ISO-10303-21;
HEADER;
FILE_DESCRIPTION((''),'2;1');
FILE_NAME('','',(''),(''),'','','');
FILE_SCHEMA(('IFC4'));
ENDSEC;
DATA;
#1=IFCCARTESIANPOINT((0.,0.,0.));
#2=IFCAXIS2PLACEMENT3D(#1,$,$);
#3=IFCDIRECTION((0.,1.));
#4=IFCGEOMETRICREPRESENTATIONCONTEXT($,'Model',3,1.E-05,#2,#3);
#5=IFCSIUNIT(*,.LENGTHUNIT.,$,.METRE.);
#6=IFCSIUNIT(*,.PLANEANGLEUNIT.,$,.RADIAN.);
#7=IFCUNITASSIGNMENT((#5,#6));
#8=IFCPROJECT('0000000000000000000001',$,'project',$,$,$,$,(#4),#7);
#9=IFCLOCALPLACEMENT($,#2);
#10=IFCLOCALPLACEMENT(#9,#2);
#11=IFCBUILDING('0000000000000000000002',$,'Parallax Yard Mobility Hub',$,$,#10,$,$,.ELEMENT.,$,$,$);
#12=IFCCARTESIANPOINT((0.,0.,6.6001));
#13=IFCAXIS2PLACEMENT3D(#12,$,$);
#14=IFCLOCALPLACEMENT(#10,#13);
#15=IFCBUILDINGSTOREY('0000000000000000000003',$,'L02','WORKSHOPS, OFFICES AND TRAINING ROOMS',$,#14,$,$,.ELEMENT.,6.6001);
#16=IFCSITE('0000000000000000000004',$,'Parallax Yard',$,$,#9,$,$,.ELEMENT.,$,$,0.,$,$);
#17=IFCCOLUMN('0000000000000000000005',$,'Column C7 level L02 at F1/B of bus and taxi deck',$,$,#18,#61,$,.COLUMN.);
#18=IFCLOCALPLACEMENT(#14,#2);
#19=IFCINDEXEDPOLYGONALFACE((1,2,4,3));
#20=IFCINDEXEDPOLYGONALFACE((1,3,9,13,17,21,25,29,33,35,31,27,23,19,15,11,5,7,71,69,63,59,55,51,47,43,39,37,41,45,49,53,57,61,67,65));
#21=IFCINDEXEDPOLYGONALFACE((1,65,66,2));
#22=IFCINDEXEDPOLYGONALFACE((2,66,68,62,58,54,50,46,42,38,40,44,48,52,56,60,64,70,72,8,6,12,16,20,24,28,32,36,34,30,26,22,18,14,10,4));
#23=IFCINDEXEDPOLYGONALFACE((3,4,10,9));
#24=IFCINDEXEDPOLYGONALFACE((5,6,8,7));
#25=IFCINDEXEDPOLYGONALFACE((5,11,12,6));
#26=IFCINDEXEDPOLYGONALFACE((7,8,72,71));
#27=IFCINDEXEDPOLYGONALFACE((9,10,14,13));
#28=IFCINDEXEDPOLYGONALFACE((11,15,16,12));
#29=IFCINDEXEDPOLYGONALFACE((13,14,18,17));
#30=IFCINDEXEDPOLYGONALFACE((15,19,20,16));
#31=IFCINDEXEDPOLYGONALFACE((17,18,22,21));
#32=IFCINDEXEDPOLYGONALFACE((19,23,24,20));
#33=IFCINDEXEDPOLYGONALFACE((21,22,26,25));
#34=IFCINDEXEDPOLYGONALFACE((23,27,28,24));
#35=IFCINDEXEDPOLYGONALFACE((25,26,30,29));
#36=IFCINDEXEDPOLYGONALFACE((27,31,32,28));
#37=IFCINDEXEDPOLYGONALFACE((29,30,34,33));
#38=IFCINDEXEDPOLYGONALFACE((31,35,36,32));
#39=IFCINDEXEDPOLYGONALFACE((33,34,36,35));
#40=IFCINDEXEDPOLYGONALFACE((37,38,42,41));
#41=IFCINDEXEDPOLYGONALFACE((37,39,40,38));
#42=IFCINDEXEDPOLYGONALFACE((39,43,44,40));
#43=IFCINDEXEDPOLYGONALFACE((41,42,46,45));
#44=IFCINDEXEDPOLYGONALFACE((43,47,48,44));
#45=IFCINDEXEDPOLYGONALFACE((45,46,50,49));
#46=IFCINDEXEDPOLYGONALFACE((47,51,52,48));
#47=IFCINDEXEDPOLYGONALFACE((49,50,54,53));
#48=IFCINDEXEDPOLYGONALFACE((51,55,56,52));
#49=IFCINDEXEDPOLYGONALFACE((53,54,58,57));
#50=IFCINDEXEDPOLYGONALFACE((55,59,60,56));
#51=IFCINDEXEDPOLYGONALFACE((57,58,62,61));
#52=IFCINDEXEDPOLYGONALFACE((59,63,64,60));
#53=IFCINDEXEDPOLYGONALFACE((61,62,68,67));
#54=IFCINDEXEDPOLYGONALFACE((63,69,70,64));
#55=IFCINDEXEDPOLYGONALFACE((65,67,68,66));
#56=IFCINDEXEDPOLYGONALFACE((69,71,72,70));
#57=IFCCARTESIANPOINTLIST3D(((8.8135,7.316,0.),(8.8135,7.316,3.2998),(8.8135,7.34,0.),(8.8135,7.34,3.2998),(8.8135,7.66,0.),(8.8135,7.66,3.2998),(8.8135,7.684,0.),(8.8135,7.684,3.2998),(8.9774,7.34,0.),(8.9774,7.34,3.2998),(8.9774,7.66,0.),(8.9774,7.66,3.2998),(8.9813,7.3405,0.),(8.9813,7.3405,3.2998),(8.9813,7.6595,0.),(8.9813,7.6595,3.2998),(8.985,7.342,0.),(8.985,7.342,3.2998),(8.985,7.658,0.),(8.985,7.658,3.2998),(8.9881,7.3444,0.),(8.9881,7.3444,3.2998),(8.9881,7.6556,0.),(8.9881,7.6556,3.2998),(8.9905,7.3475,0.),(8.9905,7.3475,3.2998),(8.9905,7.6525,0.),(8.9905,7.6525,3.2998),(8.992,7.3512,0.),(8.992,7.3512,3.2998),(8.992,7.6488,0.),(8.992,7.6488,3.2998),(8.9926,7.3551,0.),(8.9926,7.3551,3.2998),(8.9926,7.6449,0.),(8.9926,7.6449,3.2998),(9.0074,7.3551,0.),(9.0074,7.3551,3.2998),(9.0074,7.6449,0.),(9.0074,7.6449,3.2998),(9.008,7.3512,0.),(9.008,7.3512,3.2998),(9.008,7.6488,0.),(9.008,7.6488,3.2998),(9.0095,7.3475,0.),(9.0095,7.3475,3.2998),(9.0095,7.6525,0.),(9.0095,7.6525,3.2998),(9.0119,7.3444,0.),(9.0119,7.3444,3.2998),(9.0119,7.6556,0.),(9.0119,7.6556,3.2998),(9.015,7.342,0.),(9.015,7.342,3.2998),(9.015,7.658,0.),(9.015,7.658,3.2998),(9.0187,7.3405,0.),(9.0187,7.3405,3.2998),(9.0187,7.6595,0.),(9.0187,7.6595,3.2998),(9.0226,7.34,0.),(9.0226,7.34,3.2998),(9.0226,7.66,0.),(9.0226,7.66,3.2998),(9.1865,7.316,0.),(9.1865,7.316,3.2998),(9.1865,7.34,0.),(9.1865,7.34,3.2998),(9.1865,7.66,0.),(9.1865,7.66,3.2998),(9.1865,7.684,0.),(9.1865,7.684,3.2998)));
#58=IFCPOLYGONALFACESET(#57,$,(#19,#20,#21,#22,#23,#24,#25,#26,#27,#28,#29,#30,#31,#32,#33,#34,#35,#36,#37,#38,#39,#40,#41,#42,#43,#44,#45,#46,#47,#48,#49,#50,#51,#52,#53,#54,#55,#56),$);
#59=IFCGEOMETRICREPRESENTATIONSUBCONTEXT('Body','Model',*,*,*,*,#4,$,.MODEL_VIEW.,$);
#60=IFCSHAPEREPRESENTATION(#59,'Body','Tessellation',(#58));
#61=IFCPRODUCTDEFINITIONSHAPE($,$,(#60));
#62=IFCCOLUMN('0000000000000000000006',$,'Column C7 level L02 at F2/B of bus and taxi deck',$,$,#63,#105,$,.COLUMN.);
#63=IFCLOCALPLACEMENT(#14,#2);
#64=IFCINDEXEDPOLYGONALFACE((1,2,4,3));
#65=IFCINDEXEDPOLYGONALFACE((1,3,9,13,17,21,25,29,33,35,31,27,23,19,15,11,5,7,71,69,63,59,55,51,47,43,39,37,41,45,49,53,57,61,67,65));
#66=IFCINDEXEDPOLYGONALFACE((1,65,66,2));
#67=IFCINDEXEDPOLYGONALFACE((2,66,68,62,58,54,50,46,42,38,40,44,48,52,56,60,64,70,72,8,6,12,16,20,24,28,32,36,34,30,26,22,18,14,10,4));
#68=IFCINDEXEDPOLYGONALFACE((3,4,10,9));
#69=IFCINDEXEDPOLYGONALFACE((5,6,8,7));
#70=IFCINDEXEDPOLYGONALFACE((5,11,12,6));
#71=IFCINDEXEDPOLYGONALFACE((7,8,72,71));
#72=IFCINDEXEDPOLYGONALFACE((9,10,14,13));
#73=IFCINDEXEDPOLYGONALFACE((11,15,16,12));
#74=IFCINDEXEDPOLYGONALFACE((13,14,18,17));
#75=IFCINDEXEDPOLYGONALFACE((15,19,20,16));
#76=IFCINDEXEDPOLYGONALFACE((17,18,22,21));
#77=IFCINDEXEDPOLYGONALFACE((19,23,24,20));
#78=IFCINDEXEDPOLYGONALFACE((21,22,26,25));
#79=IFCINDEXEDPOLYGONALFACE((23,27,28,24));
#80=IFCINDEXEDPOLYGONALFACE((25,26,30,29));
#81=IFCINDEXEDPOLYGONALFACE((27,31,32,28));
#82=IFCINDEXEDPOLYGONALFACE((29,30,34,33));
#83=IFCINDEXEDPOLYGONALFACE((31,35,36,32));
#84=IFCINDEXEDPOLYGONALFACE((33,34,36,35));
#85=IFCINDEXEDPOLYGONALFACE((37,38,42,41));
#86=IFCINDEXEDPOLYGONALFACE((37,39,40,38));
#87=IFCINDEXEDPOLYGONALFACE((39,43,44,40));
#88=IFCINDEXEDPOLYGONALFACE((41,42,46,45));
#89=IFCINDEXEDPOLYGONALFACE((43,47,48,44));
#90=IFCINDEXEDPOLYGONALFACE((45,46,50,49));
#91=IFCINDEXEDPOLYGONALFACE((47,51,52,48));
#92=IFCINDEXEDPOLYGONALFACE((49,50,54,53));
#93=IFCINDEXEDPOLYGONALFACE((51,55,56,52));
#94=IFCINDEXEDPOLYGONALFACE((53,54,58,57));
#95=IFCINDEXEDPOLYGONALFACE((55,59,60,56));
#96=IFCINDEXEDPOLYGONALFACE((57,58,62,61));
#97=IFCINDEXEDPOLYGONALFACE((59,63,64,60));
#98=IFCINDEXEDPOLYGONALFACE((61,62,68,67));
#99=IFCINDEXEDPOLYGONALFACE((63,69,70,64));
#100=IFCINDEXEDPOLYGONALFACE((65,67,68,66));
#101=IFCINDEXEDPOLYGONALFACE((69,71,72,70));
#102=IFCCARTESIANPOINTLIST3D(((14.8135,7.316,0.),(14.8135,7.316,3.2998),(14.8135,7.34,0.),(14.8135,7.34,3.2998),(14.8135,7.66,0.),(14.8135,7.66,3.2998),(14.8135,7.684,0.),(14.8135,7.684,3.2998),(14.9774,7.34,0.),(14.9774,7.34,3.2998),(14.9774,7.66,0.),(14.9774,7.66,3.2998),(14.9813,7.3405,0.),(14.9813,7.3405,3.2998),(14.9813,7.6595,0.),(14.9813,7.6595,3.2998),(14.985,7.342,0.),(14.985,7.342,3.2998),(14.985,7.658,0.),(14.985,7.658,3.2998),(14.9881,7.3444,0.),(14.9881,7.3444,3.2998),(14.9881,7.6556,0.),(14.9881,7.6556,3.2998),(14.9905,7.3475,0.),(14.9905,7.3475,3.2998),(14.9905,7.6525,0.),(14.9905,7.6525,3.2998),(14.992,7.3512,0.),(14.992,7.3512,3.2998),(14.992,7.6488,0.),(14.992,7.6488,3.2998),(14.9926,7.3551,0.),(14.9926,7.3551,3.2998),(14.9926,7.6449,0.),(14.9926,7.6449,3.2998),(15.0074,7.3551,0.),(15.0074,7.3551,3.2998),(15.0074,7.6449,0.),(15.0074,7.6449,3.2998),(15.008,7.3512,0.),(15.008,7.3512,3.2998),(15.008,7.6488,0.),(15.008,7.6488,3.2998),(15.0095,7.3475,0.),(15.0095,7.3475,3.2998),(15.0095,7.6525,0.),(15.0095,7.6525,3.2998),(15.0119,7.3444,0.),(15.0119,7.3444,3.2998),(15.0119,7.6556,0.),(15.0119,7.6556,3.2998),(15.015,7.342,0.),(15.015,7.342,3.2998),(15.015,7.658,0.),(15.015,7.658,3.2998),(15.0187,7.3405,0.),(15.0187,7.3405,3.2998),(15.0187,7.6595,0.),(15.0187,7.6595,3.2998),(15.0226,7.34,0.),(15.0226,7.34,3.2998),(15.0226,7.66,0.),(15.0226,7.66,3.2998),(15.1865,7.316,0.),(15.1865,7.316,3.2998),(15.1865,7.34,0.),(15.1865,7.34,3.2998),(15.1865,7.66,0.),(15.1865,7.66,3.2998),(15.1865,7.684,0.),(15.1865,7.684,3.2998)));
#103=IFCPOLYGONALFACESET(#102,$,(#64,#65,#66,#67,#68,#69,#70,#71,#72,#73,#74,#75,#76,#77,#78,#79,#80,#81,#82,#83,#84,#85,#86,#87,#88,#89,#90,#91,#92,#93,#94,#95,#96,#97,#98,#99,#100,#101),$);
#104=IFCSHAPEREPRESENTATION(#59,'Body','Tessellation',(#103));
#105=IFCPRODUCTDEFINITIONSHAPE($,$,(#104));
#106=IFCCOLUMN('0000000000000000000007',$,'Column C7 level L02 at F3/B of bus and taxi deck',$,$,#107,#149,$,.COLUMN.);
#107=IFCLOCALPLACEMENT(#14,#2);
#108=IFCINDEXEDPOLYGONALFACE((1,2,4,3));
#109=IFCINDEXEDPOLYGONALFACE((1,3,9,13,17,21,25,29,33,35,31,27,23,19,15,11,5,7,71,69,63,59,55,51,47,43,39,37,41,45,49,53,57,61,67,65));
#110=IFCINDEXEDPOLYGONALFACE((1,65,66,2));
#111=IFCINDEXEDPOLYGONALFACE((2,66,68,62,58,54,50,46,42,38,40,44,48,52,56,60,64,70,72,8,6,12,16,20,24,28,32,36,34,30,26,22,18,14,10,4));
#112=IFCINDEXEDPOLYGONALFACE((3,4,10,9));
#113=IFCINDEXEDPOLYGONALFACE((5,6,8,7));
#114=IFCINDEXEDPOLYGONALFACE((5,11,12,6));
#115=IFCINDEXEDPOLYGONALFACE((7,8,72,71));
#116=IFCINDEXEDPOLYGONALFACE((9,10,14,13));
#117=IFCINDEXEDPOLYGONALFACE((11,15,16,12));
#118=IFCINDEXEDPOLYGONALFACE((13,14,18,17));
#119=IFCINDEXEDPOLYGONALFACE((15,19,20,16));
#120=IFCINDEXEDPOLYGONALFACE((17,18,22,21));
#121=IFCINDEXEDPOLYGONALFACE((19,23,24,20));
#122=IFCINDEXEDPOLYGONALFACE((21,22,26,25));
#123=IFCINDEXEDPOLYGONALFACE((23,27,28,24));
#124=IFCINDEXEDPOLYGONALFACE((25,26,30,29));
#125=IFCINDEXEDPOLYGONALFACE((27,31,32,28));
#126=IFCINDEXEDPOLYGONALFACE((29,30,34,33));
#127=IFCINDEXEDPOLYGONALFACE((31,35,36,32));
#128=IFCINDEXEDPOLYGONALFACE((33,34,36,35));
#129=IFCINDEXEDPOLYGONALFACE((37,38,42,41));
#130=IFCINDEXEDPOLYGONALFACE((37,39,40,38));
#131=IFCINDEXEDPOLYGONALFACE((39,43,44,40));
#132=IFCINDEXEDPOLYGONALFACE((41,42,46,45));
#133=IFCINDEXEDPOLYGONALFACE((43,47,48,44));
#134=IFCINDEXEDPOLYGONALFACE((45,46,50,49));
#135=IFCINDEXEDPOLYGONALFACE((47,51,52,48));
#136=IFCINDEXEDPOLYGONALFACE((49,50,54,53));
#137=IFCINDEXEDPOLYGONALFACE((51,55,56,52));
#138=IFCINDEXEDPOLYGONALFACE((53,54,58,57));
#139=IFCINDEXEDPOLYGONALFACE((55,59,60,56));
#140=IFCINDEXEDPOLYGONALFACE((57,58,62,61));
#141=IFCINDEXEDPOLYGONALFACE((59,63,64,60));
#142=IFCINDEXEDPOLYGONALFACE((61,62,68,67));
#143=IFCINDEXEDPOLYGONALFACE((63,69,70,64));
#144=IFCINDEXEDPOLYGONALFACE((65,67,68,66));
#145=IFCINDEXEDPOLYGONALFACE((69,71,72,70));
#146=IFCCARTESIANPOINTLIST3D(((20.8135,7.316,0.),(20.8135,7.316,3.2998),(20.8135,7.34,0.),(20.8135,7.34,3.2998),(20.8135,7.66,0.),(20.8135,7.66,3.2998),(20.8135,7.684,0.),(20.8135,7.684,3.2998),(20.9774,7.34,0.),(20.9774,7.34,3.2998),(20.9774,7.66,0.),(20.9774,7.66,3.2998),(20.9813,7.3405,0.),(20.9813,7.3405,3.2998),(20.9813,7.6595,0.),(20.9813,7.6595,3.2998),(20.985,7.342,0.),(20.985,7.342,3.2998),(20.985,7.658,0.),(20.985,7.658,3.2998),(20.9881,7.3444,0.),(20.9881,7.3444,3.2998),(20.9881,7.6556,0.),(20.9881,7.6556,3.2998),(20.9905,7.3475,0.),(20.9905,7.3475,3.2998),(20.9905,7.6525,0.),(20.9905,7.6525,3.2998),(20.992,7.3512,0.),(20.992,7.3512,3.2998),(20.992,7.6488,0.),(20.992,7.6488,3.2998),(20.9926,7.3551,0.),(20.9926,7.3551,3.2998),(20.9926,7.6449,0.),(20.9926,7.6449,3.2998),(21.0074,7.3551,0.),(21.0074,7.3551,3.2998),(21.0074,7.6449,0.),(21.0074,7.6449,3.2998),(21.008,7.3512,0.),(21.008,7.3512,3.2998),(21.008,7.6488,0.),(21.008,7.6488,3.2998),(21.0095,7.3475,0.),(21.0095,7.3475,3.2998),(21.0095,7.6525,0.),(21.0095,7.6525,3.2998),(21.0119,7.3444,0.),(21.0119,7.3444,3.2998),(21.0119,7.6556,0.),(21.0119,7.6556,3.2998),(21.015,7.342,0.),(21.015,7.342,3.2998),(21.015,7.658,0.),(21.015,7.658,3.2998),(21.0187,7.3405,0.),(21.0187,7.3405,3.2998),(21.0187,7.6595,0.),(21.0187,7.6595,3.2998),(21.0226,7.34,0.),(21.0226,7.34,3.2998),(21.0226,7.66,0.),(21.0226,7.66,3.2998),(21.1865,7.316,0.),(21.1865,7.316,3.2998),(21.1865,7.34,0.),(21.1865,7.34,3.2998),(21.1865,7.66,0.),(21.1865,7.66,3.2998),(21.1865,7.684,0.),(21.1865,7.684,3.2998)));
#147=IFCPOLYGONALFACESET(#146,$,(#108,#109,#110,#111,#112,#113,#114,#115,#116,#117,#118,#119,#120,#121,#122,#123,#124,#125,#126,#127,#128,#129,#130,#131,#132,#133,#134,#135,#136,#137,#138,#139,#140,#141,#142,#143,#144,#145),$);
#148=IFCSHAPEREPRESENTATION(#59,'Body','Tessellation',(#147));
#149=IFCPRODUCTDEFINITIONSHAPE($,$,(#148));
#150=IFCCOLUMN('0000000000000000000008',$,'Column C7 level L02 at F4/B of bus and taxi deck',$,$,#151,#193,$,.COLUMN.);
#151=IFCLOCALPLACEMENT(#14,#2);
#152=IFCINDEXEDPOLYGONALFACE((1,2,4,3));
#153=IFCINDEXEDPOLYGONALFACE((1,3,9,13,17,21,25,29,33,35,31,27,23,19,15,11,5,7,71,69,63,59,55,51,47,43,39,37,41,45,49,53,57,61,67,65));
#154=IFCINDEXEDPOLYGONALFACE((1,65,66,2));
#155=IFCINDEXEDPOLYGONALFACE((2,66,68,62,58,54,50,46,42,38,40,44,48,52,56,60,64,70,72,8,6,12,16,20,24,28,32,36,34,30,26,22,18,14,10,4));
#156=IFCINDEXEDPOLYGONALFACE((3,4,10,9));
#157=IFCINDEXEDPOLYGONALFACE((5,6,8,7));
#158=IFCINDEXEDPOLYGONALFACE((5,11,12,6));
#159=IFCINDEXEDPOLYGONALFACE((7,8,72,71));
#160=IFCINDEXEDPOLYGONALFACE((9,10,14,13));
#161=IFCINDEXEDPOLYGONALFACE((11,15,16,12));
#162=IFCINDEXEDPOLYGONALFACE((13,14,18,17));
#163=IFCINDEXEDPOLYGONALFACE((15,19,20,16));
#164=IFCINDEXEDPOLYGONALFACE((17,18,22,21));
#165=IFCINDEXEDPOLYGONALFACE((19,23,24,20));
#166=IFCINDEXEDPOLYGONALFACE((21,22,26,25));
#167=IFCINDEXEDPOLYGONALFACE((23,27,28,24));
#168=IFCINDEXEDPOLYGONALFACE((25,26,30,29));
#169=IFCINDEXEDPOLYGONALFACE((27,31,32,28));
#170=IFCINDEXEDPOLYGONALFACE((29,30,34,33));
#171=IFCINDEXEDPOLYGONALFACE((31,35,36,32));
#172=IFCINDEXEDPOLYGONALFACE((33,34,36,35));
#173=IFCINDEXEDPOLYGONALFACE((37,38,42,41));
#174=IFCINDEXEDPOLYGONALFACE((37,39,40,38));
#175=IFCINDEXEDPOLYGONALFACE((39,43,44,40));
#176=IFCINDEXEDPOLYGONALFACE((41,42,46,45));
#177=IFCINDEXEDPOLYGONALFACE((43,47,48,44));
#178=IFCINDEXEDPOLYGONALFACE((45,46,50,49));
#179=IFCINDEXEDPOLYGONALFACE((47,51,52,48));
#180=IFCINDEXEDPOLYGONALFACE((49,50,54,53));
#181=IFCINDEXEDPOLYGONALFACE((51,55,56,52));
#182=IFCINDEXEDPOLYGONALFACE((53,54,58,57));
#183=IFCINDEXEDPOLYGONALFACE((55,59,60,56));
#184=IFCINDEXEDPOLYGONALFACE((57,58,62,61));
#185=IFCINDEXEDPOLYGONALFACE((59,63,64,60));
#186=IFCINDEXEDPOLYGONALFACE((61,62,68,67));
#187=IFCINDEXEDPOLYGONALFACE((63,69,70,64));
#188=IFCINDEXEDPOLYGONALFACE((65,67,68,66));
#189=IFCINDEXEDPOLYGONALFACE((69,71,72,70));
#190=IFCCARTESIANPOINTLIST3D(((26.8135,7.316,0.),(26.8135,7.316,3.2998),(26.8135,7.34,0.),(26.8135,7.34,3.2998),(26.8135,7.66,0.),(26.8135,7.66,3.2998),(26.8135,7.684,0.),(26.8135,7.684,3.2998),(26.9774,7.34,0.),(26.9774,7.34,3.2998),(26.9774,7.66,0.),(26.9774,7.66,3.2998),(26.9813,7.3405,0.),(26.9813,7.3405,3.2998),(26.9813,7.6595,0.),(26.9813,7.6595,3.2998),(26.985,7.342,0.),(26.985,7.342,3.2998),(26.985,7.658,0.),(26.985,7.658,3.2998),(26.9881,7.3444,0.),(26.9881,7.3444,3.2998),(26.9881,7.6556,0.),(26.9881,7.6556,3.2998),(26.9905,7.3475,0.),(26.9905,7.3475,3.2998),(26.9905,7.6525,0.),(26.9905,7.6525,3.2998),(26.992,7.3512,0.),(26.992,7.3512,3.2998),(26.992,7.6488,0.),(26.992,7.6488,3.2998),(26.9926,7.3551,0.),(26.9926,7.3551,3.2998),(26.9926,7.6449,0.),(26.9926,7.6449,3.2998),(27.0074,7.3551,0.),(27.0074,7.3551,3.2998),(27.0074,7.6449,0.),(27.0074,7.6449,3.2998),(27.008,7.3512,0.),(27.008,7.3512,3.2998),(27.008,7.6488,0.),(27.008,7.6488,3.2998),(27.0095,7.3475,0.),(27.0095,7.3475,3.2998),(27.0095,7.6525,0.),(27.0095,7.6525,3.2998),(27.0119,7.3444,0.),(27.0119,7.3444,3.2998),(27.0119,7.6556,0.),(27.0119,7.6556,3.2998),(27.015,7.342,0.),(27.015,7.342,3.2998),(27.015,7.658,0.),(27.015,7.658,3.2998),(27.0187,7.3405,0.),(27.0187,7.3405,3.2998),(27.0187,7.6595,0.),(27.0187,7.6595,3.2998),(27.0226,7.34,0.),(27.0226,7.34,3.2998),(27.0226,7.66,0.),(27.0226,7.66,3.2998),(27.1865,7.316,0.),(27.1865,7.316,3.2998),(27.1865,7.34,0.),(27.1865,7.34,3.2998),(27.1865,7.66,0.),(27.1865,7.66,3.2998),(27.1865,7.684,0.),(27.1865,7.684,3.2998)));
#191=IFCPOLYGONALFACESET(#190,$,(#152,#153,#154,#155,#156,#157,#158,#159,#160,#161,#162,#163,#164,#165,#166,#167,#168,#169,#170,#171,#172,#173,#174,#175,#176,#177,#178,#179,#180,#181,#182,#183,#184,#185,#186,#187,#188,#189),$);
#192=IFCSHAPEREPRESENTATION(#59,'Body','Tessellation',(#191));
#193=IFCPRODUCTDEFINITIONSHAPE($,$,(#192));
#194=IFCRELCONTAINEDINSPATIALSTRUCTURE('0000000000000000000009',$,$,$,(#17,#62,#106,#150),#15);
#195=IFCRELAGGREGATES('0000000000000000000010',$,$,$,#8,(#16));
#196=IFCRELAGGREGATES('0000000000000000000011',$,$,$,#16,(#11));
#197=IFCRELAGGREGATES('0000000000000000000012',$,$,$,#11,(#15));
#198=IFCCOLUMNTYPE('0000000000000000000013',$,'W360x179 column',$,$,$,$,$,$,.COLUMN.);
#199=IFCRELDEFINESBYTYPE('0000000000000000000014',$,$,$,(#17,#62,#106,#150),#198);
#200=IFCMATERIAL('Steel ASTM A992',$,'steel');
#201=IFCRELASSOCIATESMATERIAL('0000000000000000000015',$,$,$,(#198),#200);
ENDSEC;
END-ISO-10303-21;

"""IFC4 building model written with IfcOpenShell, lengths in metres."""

from ifc_helpers import new_model, si_unit, direction, frame, origin, origin_2d, place, context, subcontext, project, spatial, i_section, extrude, material, material_profile, profile_set, type_object, element, save


model = new_model("IFC4")

# Units and contexts
model_context = context("Model", 3, precision=1e-05, world=origin(), true_north=direction((0.0, 1.0)))
body_context = subcontext(model_context, "Body", "Model", "MODEL_VIEW")
ifc_project = project(units=[si_unit("LENGTHUNIT", "METRE"), si_unit("PLANEANGLEUNIT", "RADIAN")], contexts=[model_context])

# Site, building, storey
site_placement = place(None, origin())
site = spatial("IfcSite", under=ifc_project, at=site_placement, Name="Parallax Yard", CompositionType="ELEMENT", RefElevation=0.0)
building_placement = place(site_placement, origin())
building = spatial("IfcBuilding", under=site, at=building_placement, Name="Parallax Yard Mobility Hub", CompositionType="ELEMENT")
storey_placement = place(building_placement, frame((0.0, 0.0, 6.6001)))
storey = spatial("IfcBuildingStorey", under=building, at=storey_placement, Name="L02", Description="WORKSHOPS, OFFICES AND TRAINING ROOMS", CompositionType="ELEMENT", Elevation=6.6001)

# Columns
ifc_material_1 = material(Name="Steel ASTM A992", Category="steel")
ifc_material_profile_1 = material_profile(ifc_material_1, i_section(OverallWidth=0.373, OverallDepth=0.3679, WebThickness=0.0149, FlangeThickness=0.0239, FilletRadius=0.0151, at=origin_2d()), Name="W360x179")
ifc_profile_set_1 = profile_set([ifc_material_profile_1], Name="Steel ASTM A992")
column_type = type_object("IfcColumnType", Name="W360x179 column", PredefinedType="COLUMN", material=ifc_profile_set_1)
for number, where, z_axis, x_axis, name in (
    (1, (9.0, 7.5, 0.0), (0.0, 0.0, 1.0), (1.0, 0.0, 0.0), "Column C7 level L02 at F1/B of bus and taxi deck"),
    (2, (15.0, 7.5, 0.0), (0.0, 0.0, 1.0), (1.0, 0.0, 0.0), "Column C7 level L02 at F2/B of bus and taxi deck"),
    (3, (21.0, 7.5, 0.0), (0.0, 0.0, 1.0), (1.0, 0.0, 0.0), "Column C7 level L02 at F3/B of bus and taxi deck"),
    (4, (27.0, 7.5, 0.0), (0.0, 0.0, 1.0), (1.0, 0.0, 0.0), "Column C7 level L02 at F4/B of bus and taxi deck"),
):
    element("IfcColumn", number, at=place(storey_placement, frame(where, z_axis=z_axis, x_axis=x_axis)), inside=storey, type_object=column_type, Name=name, PredefinedType="COLUMN", context=body_context, shape_type="SweptSolid", body=[
        extrude(i_section(OverallWidth=0.373, OverallDepth=0.3679, WebThickness=0.0149, FlangeThickness=0.0239, FilletRadius=0.0151, at=origin_2d()), origin(), (0.0, 0.0, 1.0), 3.2998),
    ])

save(model, "model.ifc")
